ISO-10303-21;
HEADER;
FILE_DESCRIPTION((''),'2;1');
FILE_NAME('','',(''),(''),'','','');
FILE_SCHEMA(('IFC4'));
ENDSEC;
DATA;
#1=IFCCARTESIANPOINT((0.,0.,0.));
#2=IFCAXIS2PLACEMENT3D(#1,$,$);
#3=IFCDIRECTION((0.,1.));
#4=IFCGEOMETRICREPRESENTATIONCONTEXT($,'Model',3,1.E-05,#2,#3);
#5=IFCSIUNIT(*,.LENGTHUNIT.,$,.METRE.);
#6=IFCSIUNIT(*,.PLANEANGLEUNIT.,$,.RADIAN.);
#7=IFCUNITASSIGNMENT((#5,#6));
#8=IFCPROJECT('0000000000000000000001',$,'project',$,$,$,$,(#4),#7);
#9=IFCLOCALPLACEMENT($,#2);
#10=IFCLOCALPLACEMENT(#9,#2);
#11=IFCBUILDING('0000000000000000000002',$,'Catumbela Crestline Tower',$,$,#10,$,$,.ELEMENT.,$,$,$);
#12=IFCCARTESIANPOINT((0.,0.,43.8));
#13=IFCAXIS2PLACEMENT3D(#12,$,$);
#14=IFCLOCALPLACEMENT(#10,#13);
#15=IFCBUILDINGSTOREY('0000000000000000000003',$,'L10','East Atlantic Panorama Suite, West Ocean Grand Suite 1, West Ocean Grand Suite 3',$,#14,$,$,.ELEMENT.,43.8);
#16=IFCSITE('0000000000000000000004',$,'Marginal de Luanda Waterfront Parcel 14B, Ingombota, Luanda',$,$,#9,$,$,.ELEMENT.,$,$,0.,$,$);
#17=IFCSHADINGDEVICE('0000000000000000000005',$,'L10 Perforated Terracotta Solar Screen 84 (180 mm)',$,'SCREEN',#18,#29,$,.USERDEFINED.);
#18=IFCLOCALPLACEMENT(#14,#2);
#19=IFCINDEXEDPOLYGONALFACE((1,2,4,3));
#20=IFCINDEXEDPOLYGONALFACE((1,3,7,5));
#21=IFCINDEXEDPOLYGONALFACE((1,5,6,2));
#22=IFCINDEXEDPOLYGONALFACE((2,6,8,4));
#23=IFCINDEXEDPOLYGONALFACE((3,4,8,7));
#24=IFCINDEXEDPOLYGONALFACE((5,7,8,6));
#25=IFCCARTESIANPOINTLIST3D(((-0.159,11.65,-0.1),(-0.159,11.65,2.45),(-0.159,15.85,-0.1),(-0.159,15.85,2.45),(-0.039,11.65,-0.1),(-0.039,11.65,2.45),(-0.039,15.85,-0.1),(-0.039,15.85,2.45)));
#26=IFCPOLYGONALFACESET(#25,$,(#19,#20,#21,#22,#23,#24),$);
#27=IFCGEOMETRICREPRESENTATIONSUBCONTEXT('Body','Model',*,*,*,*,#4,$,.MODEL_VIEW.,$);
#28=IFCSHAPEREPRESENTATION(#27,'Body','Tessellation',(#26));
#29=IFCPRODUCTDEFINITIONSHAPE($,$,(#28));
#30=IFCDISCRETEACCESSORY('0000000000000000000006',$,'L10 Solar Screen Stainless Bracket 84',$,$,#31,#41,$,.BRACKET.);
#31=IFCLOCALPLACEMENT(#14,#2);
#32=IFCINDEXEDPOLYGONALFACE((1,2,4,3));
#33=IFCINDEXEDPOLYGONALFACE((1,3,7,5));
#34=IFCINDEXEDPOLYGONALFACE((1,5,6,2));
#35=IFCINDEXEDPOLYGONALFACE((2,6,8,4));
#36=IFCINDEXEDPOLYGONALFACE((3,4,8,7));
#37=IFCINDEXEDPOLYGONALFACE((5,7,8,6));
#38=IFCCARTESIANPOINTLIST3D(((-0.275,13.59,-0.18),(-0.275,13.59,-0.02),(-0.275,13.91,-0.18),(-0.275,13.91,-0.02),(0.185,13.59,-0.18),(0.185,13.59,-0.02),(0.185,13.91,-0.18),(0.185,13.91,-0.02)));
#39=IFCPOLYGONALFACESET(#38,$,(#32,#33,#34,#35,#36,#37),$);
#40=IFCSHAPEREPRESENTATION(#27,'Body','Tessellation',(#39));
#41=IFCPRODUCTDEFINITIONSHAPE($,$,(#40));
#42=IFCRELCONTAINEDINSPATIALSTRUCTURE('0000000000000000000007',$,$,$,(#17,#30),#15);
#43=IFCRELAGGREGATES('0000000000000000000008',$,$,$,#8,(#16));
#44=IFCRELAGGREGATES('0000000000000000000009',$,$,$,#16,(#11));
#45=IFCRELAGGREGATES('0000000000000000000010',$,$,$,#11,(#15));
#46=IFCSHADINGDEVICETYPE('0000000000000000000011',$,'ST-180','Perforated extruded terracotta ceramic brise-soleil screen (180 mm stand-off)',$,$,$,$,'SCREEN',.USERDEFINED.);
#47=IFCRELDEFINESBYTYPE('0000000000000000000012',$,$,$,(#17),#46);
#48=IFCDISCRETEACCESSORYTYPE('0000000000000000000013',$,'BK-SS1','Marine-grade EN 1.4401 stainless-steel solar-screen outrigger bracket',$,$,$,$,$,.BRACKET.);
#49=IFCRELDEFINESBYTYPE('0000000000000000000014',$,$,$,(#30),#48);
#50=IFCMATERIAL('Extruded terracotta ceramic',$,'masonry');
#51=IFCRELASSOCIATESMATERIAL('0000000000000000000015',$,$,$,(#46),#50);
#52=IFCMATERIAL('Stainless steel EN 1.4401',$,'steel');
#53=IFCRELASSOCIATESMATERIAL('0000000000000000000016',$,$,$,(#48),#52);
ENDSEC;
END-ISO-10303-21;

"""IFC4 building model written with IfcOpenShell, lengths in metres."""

from ifc_helpers import new_model, si_unit, direction, frame, origin, origin_2d, place, context, subcontext, project, spatial, rectangle, extrude, material, type_object, element, save


model = new_model("IFC4")

# Units and contexts
model_context = context("Model", 3, precision=1e-05, world=origin(), true_north=direction((0.0, 1.0)))
body_context = subcontext(model_context, "Body", "Model", "MODEL_VIEW")
ifc_project = project(units=[si_unit("LENGTHUNIT", "METRE"), si_unit("PLANEANGLEUNIT", "RADIAN")], contexts=[model_context])

# Site, building, storey
site_placement = place(None, origin())
site = spatial("IfcSite", under=ifc_project, at=site_placement, Name="Marginal de Luanda Waterfront Parcel 14B, Ingombota, Luanda", CompositionType="ELEMENT", RefElevation=0.0)
building_placement = place(site_placement, origin())
building = spatial("IfcBuilding", under=site, at=building_placement, Name="Catumbela Crestline Tower", CompositionType="ELEMENT")
storey_placement = place(building_placement, frame((0.0, 0.0, 43.8)))
storey = spatial("IfcBuildingStorey", under=building, at=storey_placement, Name="L10", Description="East Atlantic Panorama Suite, West Ocean Grand Suite 1, West Ocean Grand Suite 3", CompositionType="ELEMENT", Elevation=43.8)

# Shared definitions
ifc_material_1 = material(Name="Extruded terracotta ceramic", Category="masonry")

# Shading device
shading_device_type = type_object("IfcShadingDeviceType", Name="ST-180", Description="Perforated extruded terracotta ceramic brise-soleil screen (180 mm stand-off)", ElementType="SCREEN", PredefinedType="USERDEFINED", material=ifc_material_1)
shading_device_placement = place(storey_placement, frame((-0.099, 13.75, -0.1), z_axis=(0.0, 0.0, 1.0), x_axis=(0.0, -1.0, 0.0)))
element("IfcShadingDevice", 1, at=shading_device_placement, inside=storey, type_object=shading_device_type, Name="L10 Perforated Terracotta Solar Screen 84 (180 mm)", ObjectType="SCREEN", PredefinedType="USERDEFINED", context=body_context, shape_type="SweptSolid", body=[
    extrude(rectangle(XDim=4.2, YDim=0.12, at=origin_2d()), origin(), (0.0, 0.0, 1.0), 2.55),
])

# Discrete accessory
ifc_material_2 = material(Name="Stainless steel EN 1.4401", Category="steel")
discrete_accessory_type = type_object("IfcDiscreteAccessoryType", Name="BK-SS1", Description="Marine-grade EN 1.4401 stainless-steel solar-screen outrigger bracket", PredefinedType="BRACKET", material=ifc_material_2)
discrete_accessory_placement = place(storey_placement, frame((-0.045, 13.75, -0.18), z_axis=(0.0, 0.0, 1.0), x_axis=(0.0, -1.0, 0.0)))
element("IfcDiscreteAccessory", 2, at=discrete_accessory_placement, inside=storey, type_object=discrete_accessory_type, Name="L10 Solar Screen Stainless Bracket 84", PredefinedType="BRACKET", context=body_context, shape_type="SweptSolid", body=[
    extrude(rectangle(XDim=0.32, YDim=0.46, at=origin_2d()), origin(), (0.0, 0.0, 1.0), 0.16),
])

save(model, "model.ifc")
